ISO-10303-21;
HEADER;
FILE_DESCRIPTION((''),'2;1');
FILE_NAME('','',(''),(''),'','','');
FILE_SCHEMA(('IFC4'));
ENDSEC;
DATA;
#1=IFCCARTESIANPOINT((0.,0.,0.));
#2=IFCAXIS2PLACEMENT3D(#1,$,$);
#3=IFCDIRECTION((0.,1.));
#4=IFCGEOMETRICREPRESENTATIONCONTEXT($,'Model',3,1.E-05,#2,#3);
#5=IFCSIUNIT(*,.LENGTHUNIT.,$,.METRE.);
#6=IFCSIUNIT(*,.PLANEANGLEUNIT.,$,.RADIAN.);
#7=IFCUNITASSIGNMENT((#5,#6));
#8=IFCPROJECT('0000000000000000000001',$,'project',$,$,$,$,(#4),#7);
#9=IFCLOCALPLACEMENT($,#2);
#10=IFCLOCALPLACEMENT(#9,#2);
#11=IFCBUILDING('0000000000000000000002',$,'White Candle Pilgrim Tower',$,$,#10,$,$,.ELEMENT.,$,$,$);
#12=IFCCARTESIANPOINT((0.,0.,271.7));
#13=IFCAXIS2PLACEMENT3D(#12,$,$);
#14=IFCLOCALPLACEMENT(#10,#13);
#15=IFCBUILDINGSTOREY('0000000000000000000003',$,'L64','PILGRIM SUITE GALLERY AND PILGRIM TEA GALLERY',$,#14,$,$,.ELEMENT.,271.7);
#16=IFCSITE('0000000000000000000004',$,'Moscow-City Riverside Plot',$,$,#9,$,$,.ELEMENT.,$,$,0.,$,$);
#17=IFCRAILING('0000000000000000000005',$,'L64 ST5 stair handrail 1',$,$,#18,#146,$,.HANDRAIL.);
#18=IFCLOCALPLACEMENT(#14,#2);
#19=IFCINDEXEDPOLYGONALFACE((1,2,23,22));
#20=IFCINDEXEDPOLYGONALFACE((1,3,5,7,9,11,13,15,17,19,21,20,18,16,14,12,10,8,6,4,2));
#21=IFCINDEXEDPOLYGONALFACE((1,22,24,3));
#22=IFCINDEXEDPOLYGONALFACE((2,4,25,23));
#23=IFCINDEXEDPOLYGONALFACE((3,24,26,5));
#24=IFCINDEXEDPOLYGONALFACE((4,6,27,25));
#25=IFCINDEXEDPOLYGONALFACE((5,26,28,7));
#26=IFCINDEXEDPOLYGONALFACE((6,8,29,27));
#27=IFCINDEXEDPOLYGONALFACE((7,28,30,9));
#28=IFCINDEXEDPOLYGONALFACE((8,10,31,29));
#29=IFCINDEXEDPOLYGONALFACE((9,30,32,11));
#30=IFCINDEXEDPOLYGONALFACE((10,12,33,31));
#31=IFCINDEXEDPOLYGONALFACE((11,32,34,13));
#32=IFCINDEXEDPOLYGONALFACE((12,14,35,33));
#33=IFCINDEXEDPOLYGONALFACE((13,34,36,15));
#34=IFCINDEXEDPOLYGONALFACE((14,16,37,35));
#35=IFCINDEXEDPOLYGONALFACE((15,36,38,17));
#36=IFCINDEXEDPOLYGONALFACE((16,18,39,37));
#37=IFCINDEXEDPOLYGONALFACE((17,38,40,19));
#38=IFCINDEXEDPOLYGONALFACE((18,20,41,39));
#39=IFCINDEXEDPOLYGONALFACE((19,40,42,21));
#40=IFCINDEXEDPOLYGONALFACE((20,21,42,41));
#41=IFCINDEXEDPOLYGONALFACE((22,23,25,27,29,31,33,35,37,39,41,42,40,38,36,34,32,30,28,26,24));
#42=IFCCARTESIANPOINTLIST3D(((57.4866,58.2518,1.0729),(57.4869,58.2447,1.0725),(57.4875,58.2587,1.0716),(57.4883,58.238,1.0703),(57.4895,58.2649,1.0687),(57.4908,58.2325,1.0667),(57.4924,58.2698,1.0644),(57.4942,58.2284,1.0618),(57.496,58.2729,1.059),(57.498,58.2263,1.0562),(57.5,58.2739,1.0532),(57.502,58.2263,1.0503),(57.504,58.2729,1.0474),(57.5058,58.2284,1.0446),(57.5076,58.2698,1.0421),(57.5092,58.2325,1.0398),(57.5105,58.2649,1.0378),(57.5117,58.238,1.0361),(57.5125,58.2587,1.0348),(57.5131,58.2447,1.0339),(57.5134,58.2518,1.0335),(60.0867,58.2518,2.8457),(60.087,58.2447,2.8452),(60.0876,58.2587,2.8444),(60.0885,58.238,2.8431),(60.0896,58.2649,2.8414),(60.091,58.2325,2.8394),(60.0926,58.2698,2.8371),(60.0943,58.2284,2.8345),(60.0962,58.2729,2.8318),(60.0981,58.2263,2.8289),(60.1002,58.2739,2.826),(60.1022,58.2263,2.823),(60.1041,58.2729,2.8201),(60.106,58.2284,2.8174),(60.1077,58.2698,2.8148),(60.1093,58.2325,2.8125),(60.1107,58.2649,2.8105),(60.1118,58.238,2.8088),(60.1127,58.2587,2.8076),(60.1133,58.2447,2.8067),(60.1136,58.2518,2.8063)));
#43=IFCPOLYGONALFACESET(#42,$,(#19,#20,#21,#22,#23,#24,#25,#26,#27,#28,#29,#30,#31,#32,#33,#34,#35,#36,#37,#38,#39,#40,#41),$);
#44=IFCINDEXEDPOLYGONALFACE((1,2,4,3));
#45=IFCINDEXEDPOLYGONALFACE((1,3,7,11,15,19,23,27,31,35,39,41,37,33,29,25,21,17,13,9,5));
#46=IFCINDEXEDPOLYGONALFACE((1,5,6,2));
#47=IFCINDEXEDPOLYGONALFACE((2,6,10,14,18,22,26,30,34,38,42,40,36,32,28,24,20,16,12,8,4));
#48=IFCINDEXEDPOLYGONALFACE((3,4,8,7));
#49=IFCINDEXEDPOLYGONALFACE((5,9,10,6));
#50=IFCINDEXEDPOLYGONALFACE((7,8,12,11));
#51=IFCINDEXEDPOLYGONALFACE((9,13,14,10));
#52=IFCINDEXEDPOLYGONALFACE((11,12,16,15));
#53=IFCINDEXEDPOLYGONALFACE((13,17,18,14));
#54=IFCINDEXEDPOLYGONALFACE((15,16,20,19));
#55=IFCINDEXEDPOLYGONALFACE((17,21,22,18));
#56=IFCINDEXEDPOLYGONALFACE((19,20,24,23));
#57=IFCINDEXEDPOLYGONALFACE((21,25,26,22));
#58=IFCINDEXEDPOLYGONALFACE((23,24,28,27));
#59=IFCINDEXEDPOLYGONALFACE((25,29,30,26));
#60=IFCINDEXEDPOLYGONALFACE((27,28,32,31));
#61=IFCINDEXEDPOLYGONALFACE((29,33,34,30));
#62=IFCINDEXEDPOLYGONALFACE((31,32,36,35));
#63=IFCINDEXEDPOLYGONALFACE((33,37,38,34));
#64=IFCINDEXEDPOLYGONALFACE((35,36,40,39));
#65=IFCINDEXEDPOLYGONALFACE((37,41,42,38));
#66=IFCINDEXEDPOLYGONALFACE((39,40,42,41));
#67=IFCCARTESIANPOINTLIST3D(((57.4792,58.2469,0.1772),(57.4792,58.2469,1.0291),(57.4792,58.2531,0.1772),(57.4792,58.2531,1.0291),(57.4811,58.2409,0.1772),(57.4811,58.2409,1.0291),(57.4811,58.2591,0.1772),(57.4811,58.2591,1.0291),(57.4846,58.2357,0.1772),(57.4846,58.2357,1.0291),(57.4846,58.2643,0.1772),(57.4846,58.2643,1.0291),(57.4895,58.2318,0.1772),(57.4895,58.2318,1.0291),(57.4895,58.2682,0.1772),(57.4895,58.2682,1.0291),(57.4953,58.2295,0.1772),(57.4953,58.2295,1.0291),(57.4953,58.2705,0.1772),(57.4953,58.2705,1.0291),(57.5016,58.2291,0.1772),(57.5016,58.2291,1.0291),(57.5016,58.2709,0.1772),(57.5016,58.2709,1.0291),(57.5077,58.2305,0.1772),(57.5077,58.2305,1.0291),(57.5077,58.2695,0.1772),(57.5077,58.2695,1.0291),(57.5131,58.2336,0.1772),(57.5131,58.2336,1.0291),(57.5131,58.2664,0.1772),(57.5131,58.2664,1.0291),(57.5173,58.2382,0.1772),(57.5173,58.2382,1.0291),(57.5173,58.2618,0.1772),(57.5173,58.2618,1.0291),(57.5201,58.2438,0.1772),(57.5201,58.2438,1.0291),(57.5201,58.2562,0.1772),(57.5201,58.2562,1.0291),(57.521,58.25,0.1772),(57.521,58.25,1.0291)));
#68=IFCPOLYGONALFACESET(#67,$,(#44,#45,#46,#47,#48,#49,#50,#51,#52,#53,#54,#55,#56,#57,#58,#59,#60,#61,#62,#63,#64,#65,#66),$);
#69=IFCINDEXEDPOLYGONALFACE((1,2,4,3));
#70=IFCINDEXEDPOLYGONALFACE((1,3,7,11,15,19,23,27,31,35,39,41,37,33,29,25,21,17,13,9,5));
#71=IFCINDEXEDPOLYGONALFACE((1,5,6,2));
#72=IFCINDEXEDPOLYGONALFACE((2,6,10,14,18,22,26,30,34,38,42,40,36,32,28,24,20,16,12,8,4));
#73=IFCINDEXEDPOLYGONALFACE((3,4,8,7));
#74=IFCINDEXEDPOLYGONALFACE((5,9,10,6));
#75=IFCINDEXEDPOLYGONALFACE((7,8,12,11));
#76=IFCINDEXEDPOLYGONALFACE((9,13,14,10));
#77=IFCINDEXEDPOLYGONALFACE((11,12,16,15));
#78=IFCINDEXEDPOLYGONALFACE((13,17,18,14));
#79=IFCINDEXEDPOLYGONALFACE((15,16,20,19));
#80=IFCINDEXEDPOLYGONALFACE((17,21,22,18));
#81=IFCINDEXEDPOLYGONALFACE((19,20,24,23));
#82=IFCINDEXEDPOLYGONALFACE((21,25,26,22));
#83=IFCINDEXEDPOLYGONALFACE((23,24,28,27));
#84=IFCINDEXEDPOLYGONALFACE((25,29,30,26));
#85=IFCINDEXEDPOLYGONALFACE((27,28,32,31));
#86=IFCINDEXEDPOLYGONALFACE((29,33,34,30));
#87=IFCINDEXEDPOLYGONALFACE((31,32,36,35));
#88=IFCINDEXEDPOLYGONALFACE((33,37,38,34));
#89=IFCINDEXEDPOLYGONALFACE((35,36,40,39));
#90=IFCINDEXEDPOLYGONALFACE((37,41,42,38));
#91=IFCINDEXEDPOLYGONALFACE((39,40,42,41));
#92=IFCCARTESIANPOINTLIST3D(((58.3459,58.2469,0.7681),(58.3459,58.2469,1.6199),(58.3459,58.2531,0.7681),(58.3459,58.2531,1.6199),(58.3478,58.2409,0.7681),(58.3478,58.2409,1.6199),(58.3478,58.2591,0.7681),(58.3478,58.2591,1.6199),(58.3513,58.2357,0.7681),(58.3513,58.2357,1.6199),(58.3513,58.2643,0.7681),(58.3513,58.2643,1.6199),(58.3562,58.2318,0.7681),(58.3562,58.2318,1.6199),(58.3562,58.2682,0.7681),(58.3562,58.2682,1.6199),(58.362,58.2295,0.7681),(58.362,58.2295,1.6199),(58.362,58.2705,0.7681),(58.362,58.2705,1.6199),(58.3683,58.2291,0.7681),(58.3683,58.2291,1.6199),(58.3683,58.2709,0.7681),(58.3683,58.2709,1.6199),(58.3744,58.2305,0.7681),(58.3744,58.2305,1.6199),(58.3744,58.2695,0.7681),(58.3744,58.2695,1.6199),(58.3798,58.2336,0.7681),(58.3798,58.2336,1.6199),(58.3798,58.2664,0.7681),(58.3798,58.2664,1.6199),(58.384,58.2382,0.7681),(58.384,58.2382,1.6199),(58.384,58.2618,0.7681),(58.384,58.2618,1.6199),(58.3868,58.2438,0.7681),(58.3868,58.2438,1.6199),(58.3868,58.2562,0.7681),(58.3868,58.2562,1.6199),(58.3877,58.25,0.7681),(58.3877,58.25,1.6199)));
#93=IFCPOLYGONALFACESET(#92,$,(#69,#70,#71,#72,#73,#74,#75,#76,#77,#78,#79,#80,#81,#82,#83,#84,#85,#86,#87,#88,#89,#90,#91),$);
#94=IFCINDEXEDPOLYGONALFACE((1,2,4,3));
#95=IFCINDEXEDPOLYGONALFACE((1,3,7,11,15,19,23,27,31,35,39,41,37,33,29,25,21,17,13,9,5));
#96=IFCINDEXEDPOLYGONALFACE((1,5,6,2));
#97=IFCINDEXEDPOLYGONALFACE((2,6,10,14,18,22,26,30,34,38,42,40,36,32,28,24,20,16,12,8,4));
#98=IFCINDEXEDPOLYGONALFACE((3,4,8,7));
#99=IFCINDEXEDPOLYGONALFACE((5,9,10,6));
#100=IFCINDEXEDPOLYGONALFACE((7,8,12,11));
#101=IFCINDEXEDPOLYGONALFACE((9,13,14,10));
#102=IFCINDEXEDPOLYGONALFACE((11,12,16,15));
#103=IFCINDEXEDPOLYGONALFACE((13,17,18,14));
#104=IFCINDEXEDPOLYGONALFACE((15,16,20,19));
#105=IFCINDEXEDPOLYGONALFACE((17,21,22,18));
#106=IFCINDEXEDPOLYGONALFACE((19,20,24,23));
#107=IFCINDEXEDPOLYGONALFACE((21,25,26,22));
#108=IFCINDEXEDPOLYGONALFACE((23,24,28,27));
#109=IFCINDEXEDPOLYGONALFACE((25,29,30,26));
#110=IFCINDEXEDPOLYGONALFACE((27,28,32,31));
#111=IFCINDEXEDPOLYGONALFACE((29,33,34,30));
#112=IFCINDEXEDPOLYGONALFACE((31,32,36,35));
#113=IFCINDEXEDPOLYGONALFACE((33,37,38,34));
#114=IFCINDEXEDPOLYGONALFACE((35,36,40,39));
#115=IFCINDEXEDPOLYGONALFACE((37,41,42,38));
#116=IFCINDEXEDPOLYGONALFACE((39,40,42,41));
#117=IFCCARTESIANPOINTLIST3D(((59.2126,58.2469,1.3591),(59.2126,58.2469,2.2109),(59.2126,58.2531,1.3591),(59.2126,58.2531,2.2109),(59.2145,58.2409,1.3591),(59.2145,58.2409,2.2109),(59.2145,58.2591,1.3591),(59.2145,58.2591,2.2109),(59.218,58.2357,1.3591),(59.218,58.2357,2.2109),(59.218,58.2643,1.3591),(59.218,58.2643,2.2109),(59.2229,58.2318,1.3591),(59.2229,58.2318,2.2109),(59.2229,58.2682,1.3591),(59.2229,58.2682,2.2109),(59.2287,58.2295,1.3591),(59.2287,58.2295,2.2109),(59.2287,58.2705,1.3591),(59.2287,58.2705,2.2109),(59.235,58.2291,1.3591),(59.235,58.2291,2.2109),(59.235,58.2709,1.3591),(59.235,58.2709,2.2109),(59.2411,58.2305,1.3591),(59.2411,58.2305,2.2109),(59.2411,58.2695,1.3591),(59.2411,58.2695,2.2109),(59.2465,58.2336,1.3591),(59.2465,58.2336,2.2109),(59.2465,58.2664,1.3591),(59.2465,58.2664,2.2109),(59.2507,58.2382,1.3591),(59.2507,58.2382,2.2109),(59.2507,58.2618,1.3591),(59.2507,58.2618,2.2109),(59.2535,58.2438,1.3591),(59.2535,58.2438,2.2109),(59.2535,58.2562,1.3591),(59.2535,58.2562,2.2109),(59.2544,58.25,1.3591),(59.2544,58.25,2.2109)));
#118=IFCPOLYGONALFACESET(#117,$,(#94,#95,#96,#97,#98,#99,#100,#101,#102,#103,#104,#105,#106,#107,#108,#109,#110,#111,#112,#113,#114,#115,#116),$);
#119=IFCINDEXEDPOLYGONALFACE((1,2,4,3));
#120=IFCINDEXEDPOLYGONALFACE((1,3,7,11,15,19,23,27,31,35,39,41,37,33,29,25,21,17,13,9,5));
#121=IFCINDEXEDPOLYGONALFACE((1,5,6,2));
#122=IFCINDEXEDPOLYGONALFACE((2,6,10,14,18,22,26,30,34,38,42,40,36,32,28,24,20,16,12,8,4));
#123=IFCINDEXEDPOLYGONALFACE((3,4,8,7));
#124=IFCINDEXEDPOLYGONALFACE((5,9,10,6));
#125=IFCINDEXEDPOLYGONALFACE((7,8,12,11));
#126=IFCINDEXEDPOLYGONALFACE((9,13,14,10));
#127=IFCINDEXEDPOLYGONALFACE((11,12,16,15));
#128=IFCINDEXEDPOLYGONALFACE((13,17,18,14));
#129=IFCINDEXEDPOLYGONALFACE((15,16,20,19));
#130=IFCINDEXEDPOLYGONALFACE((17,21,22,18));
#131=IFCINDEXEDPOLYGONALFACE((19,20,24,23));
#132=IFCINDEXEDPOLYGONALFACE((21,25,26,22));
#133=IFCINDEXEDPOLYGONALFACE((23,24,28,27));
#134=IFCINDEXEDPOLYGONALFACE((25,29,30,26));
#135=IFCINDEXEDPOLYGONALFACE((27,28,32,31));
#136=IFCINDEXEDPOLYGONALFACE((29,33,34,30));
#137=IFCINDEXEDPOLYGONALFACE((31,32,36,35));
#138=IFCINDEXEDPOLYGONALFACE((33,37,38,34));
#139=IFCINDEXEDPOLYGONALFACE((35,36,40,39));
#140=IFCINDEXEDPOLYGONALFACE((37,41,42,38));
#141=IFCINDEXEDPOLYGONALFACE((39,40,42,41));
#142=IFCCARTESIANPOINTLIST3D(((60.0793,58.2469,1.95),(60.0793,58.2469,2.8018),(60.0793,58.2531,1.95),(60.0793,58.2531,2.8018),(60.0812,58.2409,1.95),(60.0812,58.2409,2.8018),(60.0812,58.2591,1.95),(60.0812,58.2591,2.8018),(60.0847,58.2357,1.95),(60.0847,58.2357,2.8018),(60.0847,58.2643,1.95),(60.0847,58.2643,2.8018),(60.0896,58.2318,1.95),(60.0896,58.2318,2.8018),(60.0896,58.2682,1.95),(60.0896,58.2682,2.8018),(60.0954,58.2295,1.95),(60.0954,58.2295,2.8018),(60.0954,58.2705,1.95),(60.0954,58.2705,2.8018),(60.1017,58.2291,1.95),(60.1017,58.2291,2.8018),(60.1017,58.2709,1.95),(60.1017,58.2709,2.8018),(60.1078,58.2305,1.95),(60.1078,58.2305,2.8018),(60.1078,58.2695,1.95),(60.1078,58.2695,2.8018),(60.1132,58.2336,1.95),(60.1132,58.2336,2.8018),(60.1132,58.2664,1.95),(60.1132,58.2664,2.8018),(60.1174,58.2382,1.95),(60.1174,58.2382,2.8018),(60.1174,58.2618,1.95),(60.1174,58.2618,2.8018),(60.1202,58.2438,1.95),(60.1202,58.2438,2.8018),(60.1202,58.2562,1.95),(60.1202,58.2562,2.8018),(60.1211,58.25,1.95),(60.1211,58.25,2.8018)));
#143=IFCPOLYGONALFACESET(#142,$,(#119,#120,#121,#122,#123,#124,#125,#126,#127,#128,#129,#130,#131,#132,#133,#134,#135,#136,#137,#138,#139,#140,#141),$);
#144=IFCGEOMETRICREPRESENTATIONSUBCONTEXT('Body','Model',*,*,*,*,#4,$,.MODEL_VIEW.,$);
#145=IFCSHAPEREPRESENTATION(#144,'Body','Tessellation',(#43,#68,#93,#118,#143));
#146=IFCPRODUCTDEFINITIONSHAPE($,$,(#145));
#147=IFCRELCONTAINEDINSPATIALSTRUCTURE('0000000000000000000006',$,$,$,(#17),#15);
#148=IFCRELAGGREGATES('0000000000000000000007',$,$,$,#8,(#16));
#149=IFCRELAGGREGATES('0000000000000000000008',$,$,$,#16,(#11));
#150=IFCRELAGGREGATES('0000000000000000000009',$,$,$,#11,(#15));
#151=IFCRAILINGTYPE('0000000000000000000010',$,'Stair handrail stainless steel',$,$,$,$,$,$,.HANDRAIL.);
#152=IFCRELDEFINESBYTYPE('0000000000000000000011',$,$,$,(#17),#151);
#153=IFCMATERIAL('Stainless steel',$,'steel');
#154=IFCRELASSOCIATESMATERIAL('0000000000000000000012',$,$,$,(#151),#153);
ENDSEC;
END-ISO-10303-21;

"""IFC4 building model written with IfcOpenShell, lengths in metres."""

from ifc_helpers import new_model, si_unit, direction, frame, origin, origin_2d, place, context, subcontext, project, spatial, circle, extrude, material, type_object, element, save


model = new_model("IFC4")

# Units and contexts
model_context = context("Model", 3, precision=1e-05, world=origin(), true_north=direction((0.0, 1.0)))
body_context = subcontext(model_context, "Body", "Model", "MODEL_VIEW")
ifc_project = project(units=[si_unit("LENGTHUNIT", "METRE"), si_unit("PLANEANGLEUNIT", "RADIAN")], contexts=[model_context])

# Site, building, storey
site_placement = place(None, origin())
site = spatial("IfcSite", under=ifc_project, at=site_placement, Name="Moscow-City Riverside Plot", CompositionType="ELEMENT", RefElevation=0.0)
building_placement = place(site_placement, origin())
building = spatial("IfcBuilding", under=site, at=building_placement, Name="White Candle Pilgrim Tower", CompositionType="ELEMENT")
storey_placement = place(building_placement, frame((0.0, 0.0, 271.7)))
storey = spatial("IfcBuildingStorey", under=building, at=storey_placement, Name="L64", Description="PILGRIM SUITE GALLERY AND PILGRIM TEA GALLERY", CompositionType="ELEMENT", Elevation=271.7)

# Railing
ifc_material_1 = material(Name="Stainless steel", Category="steel")
railing_type_1 = type_object("IfcRailingType", Name="Stair handrail stainless steel", PredefinedType="HANDRAIL", material=ifc_material_1)
railing_1_placement = place(storey_placement, frame((57.5, 58.25, 0.1772)))
element("IfcRailing", 1, at=railing_1_placement, inside=storey, type_object=railing_type_1, Name="L64 ST5 stair handrail 1", PredefinedType="HANDRAIL", context=body_context, shape_type="SweptSolid", body=[
    extrude(circle(Radius=0.0239, at=origin_2d()), frame((0.0, 0.0, 0.876), z_axis=(0.82624, 0.0, 0.563318), x_axis=(0.0, 1.0, 0.0)), (0.0, 0.0, 1.0), 3.147),
    extrude(circle(Radius=0.021, at=origin_2d()), origin(), (0.0, 0.0, 1.0), 0.8518),
    extrude(circle(Radius=0.021, at=origin_2d()), frame((0.8667, 0.0, 0.5908)), (0.0, 0.0, 1.0), 0.8518),
    extrude(circle(Radius=0.021, at=origin_2d()), frame((1.7334, 0.0, 1.1819)), (0.0, 0.0, 1.0), 0.8518),
    extrude(circle(Radius=0.021, at=origin_2d()), frame((2.6001, 0.0, 1.7727)), (0.0, 0.0, 1.0), 0.8518),
])

save(model, "model.ifc")
